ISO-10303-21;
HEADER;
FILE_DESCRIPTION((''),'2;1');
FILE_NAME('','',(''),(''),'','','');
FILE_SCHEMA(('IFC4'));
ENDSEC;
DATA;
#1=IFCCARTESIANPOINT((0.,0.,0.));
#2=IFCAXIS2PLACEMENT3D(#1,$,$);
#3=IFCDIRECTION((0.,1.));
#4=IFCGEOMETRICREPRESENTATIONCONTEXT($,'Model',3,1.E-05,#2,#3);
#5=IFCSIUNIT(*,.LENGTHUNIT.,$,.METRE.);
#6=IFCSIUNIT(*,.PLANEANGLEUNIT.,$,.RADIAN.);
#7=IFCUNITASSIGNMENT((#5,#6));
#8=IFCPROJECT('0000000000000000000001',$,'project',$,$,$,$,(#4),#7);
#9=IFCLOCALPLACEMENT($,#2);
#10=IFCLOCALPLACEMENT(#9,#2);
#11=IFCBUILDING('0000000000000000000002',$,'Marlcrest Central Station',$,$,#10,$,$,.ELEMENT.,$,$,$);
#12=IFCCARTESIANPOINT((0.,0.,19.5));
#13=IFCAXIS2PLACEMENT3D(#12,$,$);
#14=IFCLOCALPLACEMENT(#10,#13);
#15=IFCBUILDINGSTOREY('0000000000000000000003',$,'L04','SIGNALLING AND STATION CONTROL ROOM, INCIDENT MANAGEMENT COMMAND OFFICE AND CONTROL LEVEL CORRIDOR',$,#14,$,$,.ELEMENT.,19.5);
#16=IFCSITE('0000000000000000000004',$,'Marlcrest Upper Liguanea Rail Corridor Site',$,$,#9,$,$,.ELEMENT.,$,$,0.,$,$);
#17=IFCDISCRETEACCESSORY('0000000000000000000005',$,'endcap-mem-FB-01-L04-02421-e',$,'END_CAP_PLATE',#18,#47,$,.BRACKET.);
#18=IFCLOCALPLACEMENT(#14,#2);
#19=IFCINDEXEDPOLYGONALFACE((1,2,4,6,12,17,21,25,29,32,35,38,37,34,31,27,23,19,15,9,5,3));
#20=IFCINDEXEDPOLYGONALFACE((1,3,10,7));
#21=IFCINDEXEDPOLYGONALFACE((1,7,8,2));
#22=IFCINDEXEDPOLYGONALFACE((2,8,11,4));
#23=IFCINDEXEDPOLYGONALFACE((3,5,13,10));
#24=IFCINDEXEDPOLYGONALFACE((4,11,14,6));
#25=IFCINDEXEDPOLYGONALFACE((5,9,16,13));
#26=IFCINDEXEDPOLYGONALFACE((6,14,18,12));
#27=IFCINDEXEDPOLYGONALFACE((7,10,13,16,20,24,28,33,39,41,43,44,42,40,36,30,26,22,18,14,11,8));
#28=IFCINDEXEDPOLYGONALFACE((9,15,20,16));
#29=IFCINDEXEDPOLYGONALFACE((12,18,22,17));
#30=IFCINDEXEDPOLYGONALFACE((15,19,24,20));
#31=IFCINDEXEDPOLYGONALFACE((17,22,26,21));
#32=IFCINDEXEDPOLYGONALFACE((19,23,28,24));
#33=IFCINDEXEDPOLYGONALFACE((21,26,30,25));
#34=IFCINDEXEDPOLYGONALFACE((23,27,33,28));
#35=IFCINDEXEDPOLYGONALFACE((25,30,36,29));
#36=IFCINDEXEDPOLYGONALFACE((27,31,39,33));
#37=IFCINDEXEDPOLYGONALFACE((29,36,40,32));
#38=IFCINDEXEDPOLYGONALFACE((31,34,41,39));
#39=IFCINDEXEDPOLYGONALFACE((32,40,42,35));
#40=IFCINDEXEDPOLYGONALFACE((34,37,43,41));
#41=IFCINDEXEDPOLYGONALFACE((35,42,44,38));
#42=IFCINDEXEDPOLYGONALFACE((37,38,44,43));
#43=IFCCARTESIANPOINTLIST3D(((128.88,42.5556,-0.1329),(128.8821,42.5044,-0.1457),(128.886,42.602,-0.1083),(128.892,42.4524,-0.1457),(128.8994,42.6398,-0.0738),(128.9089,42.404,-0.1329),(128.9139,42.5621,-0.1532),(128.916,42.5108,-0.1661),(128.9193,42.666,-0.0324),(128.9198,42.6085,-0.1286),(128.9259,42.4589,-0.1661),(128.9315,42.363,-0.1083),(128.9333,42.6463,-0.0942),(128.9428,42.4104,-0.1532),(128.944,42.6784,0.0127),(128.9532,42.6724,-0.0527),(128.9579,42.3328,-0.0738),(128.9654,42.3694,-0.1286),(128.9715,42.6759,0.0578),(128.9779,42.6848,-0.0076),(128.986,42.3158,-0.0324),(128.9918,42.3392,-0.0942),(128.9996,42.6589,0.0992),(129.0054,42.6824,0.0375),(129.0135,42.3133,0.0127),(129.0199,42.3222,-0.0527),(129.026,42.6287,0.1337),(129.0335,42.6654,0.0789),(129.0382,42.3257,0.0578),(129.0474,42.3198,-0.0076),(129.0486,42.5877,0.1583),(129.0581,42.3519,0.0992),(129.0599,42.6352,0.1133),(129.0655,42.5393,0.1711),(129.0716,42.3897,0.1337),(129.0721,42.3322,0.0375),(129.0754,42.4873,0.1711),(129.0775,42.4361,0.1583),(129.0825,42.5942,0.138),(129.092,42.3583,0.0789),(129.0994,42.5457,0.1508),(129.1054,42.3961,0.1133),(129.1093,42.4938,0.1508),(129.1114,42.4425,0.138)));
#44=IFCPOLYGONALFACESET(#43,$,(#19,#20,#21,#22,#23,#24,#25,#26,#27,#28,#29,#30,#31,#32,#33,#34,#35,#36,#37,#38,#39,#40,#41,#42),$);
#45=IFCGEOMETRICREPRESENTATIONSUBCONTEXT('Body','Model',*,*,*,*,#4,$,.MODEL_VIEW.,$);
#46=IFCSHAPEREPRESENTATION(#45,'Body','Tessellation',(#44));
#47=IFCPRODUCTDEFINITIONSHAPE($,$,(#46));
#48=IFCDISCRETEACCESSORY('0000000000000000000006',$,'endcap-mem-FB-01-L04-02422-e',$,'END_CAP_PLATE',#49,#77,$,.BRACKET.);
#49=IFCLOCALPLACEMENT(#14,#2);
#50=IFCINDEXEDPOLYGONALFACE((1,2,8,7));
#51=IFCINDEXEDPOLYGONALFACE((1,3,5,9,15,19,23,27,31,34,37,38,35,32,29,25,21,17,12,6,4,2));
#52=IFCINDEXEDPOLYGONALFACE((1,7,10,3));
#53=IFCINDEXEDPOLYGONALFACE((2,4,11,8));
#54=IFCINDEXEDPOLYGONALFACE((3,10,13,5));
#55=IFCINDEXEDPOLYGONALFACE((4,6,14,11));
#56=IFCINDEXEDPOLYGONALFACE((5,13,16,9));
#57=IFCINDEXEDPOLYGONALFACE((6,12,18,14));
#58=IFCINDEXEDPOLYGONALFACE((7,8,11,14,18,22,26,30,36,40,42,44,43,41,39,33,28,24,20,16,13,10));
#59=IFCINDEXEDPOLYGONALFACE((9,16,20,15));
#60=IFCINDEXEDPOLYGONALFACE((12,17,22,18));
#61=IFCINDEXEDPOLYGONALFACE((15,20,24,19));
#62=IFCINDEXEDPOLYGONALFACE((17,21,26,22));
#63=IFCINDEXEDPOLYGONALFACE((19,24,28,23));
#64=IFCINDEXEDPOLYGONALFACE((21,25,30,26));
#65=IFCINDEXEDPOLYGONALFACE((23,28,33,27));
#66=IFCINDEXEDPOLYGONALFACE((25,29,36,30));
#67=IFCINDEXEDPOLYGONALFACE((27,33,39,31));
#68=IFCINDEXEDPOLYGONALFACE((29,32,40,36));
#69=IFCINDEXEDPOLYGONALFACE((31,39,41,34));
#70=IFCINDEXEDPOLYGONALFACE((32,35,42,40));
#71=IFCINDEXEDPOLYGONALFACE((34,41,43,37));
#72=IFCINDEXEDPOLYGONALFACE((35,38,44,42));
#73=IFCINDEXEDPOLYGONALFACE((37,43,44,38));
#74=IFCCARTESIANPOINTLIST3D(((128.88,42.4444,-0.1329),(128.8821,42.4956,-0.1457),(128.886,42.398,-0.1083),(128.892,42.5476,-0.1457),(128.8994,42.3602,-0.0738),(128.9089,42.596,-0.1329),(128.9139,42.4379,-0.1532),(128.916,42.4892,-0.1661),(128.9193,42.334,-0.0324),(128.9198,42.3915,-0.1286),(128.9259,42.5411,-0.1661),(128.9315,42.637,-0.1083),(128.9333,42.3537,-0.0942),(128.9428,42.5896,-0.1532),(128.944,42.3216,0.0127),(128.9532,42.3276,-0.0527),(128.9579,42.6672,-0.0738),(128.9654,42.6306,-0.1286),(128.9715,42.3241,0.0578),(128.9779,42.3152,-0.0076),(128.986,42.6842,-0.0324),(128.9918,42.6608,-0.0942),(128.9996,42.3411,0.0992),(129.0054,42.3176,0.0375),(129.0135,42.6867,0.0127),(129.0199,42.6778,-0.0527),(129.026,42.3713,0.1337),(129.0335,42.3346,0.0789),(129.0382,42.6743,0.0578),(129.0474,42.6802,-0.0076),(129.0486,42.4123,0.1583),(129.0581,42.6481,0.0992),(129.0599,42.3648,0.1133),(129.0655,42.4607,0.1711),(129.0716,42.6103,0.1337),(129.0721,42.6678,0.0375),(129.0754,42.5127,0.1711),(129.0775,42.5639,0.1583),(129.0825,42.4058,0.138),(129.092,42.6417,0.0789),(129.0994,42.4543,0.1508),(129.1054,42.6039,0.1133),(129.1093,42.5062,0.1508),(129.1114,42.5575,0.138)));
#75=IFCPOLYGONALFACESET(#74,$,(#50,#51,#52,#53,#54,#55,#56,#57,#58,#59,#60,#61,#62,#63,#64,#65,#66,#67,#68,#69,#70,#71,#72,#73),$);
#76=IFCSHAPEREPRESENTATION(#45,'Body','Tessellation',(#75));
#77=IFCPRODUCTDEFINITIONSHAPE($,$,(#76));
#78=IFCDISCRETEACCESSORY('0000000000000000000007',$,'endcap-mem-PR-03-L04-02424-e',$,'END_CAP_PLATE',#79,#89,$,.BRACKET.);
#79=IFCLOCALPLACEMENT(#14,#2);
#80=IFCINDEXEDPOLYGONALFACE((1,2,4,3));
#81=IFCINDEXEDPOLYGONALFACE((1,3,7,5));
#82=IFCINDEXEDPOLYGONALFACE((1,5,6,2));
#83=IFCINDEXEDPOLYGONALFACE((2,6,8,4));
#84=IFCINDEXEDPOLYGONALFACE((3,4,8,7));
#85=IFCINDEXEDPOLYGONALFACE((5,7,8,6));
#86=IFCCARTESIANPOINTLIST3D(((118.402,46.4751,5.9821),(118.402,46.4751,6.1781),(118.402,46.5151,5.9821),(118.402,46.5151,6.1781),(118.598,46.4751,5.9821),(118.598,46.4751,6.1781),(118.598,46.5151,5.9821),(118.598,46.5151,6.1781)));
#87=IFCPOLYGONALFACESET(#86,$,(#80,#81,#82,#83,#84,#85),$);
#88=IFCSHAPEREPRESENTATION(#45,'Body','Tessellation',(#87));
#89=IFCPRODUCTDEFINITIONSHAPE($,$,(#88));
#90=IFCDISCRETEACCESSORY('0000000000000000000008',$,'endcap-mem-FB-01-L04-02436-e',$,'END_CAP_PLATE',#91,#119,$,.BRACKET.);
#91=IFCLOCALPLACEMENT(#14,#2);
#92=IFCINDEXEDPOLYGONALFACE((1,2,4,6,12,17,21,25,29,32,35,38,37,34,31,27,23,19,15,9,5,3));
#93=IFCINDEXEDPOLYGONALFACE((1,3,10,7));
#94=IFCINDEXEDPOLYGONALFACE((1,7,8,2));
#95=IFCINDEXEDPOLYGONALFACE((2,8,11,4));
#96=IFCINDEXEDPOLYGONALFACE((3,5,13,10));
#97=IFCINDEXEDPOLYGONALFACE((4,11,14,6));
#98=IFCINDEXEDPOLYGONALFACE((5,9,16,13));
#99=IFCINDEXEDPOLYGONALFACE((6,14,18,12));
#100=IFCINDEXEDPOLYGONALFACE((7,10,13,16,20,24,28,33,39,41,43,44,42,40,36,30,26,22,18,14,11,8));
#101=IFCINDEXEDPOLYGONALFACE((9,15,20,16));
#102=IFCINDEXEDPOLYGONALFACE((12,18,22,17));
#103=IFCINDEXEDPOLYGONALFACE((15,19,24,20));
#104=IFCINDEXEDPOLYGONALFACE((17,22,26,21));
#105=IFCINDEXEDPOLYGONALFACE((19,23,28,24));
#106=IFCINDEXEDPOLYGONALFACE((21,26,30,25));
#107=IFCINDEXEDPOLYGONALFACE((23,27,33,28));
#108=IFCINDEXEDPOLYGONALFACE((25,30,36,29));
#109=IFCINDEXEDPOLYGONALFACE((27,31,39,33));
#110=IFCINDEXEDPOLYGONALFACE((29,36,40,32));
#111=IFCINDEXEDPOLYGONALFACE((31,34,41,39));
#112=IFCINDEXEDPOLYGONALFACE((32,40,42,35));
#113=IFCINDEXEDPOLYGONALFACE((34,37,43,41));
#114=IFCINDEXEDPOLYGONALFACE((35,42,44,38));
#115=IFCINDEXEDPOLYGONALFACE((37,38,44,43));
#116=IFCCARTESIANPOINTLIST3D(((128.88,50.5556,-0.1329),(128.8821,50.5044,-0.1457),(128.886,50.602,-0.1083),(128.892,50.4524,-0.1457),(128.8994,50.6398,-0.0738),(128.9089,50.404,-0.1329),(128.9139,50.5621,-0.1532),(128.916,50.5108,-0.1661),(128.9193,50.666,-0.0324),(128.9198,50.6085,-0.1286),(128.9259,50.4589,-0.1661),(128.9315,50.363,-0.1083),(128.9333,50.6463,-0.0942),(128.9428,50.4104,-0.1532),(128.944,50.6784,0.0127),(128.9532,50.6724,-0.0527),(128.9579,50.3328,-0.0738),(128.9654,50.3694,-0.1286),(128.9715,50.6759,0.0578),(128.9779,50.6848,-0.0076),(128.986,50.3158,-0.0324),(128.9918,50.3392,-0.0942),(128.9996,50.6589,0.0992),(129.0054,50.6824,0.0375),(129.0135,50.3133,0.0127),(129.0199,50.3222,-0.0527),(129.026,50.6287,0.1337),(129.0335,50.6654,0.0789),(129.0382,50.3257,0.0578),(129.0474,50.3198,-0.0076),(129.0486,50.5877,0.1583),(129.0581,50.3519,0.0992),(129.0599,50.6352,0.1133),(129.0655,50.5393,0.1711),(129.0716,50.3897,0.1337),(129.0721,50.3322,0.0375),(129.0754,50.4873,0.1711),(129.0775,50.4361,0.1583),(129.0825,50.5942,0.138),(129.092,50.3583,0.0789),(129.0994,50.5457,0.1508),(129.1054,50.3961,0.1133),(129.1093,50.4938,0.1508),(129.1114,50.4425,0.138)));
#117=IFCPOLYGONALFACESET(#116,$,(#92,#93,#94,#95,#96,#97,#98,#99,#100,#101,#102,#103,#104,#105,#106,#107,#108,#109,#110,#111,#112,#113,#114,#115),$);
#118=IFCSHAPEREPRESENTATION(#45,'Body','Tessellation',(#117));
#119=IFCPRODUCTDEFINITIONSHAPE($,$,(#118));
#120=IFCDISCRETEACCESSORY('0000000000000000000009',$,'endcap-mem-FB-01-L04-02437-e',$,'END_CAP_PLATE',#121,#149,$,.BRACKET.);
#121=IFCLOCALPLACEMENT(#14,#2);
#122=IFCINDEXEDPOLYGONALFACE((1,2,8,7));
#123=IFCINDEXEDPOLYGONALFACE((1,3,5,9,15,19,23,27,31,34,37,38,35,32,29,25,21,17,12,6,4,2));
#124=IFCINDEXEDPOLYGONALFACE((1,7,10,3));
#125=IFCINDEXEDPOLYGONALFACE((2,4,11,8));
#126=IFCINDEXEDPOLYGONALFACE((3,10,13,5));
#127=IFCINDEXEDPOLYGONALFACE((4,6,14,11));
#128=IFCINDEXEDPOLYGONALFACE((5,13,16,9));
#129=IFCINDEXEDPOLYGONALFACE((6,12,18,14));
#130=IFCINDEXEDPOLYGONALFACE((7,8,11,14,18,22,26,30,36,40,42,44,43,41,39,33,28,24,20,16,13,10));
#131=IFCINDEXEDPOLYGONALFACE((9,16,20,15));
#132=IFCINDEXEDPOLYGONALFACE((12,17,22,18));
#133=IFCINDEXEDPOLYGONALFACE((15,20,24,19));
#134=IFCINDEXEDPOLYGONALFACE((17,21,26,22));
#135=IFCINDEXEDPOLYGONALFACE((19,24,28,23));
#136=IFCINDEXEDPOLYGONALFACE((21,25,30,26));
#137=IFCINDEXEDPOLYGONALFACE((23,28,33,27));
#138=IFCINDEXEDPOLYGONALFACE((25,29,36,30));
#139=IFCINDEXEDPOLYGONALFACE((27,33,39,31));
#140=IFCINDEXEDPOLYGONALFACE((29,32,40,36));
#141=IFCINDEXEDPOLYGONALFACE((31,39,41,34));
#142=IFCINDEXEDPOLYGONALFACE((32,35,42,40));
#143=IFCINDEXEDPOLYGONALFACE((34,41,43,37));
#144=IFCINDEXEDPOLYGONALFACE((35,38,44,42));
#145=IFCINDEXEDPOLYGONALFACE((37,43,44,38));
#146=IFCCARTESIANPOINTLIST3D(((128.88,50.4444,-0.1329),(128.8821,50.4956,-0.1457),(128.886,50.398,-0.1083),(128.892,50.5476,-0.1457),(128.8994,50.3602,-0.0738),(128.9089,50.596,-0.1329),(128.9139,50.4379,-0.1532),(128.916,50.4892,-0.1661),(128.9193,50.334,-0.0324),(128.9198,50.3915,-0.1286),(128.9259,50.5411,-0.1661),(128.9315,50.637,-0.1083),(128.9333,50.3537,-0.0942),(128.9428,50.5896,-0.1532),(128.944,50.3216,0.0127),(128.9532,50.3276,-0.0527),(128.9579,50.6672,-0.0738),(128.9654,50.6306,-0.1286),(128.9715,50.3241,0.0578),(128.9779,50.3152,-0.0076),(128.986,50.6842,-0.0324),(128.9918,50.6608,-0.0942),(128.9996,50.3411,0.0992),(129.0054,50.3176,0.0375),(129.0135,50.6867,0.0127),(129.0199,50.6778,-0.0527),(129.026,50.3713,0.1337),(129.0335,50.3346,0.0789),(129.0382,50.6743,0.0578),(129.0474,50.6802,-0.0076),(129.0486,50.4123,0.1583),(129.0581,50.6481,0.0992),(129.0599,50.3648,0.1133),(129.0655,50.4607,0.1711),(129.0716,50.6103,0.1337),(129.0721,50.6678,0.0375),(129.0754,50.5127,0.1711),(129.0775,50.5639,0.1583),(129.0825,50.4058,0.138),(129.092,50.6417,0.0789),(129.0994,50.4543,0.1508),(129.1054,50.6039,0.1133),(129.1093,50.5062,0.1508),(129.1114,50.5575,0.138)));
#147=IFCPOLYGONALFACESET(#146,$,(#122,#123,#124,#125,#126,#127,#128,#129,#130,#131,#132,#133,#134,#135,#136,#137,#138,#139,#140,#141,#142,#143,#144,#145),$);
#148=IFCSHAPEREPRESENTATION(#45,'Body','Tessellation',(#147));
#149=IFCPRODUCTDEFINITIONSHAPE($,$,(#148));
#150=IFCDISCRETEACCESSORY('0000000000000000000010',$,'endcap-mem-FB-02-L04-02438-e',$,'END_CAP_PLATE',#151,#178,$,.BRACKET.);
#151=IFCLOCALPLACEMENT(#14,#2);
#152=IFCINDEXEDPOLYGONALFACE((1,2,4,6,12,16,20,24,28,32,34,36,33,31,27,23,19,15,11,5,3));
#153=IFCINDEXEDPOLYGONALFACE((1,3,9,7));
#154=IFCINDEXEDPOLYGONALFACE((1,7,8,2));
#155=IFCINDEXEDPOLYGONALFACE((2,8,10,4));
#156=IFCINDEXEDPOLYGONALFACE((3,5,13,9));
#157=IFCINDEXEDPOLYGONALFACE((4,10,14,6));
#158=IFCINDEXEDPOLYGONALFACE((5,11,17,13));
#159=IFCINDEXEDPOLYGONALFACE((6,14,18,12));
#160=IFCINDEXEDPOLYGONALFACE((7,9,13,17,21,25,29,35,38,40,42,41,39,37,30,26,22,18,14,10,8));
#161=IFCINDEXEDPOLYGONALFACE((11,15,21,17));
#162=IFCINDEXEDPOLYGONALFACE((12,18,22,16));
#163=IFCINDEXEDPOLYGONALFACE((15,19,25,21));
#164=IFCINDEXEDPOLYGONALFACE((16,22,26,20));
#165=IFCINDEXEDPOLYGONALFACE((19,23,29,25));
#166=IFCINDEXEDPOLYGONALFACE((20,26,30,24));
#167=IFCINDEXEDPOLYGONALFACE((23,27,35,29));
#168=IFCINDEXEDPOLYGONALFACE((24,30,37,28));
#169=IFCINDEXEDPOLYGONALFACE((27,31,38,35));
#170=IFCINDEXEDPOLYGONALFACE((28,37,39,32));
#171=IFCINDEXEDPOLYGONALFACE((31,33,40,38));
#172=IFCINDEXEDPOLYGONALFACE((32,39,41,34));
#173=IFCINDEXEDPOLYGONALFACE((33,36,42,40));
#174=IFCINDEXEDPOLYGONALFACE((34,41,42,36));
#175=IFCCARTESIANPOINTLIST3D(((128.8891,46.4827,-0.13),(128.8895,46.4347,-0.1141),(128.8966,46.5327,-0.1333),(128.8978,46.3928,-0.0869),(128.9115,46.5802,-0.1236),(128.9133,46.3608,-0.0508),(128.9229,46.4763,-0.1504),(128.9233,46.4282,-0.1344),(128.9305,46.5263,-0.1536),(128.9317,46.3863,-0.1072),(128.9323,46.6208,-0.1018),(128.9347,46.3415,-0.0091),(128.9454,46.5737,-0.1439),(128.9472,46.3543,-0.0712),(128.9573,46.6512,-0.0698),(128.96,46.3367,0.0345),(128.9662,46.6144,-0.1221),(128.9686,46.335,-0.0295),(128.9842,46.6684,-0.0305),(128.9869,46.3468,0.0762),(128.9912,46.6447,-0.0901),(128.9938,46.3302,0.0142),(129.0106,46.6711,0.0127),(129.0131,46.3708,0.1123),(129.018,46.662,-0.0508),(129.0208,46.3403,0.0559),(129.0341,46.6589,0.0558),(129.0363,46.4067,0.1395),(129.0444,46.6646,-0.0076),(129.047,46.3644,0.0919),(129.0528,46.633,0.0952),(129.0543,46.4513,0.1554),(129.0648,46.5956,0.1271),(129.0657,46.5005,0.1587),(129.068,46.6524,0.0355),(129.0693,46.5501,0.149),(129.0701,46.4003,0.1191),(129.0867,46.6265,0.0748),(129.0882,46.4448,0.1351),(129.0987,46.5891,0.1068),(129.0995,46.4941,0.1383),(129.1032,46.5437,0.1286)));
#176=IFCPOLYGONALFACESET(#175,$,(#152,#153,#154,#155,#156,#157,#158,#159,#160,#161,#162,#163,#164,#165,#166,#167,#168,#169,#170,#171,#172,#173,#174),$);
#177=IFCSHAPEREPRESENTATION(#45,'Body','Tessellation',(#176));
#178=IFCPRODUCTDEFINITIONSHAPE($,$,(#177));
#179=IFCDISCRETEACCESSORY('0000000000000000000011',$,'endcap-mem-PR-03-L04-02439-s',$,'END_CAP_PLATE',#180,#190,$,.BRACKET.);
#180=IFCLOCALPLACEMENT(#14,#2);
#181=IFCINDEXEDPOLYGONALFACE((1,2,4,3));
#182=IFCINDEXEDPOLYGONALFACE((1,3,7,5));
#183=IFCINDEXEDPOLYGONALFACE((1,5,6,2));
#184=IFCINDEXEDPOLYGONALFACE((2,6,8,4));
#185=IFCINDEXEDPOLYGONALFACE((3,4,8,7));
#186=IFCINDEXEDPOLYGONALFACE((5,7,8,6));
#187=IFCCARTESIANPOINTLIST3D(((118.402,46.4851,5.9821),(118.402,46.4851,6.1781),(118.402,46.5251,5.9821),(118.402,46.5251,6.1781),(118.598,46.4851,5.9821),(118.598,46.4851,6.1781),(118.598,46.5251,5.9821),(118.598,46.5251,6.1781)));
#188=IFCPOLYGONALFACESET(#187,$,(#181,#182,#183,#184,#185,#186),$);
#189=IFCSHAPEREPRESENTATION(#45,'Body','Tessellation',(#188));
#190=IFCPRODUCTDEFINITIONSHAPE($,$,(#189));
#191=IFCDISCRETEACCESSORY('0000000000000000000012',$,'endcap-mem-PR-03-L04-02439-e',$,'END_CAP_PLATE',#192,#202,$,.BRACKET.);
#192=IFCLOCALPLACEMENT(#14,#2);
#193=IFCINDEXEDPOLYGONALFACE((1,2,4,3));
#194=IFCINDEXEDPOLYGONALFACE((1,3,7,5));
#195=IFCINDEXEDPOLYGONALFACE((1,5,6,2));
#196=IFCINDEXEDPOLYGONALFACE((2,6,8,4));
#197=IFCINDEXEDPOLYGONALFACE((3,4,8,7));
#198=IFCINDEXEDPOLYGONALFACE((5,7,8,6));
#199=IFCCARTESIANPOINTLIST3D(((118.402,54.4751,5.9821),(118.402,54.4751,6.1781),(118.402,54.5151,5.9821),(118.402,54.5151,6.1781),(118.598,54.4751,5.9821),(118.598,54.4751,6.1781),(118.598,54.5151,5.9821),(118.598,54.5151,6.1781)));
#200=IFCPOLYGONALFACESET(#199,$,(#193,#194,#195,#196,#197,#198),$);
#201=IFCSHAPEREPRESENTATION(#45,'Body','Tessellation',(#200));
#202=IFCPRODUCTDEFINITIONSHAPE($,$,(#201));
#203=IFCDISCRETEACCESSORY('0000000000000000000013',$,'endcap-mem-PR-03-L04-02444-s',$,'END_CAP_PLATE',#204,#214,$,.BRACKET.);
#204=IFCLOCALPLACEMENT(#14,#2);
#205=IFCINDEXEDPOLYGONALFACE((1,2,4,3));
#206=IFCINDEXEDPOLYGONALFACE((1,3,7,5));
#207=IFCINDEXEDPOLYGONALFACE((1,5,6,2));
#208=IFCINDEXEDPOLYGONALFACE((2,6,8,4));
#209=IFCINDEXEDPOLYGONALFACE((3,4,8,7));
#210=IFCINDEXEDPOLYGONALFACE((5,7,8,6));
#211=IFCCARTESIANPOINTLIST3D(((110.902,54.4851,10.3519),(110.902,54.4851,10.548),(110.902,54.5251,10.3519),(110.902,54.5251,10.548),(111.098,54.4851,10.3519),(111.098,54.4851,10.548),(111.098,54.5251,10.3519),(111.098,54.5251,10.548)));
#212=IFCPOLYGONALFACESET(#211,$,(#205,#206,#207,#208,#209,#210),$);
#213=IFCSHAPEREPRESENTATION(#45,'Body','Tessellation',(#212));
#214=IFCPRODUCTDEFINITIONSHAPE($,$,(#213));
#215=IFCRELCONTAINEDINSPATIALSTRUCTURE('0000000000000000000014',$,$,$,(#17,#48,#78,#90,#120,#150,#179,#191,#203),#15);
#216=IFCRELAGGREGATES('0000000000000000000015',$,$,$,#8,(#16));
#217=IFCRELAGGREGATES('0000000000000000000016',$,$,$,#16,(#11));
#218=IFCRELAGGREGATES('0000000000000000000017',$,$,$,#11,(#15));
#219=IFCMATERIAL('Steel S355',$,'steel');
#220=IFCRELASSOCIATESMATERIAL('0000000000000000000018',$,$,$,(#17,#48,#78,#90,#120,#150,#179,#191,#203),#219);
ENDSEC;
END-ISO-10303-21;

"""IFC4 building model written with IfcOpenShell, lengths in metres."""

from ifc_helpers import new_model, si_unit, direction, frame, origin, origin_2d, place, context, subcontext, project, spatial, rectangle, circle, extrude, material, element, save


model = new_model("IFC4")

# Units and contexts
model_context = context("Model", 3, precision=1e-05, world=origin(), true_north=direction((0.0, 1.0)))
body_context = subcontext(model_context, "Body", "Model", "MODEL_VIEW")
ifc_project = project(units=[si_unit("LENGTHUNIT", "METRE"), si_unit("PLANEANGLEUNIT", "RADIAN")], contexts=[model_context])

# Site, building, storey
site_placement = place(None, origin())
site = spatial("IfcSite", under=ifc_project, at=site_placement, Name="Marlcrest Upper Liguanea Rail Corridor Site", CompositionType="ELEMENT", RefElevation=0.0)
building_placement = place(site_placement, origin())
building = spatial("IfcBuilding", under=site, at=building_placement, Name="Marlcrest Central Station", CompositionType="ELEMENT")
storey_placement = place(building_placement, frame((0.0, 0.0, 19.5)))
storey = spatial("IfcBuildingStorey", under=building, at=storey_placement, Name="L04", Description="SIGNALLING AND STATION CONTROL ROOM, INCIDENT MANAGEMENT COMMAND OFFICE AND CONTROL LEVEL CORRIDOR", CompositionType="ELEMENT", Elevation=19.5)

# Shared definitions
ifc_material_1 = material(Name="Steel S355", Category="steel")

# Discrete accessories
for number, where, z_axis, x_axis, name in (
    (1, (128.9788, 42.4958, 0.0127), (0.846277, 0.161196, -0.50777), (-0.187112, 0.982339, 0.0), "endcap-mem-FB-01-L04-02421-e"),
    (2, (128.9788, 42.5042, 0.0127), (0.846277, -0.161196, -0.50777), (0.187112, 0.982339, 0.0), "endcap-mem-FB-01-L04-02422-e"),
):
    element("IfcDiscreteAccessory", number, at=place(storey_placement, frame(where, z_axis=z_axis, x_axis=x_axis)), inside=storey, material=ifc_material_1, Name=name, ObjectType="END_CAP_PLATE", PredefinedType="BRACKET", context=body_context, shape_type="SweptSolid", body=[
        extrude(circle(Radius=0.1858, at=origin_2d()), origin(), (0.0, 0.0, 1.0), 0.04),
    ])
discrete_accessory_1_placement = place(storey_placement, frame((118.5, 46.4751, 6.0801), z_axis=(0.0, 1.0, 0.0), x_axis=(-1.0, 0.0, 0.0)))
element("IfcDiscreteAccessory", 3, at=discrete_accessory_1_placement, inside=storey, material=ifc_material_1, Name="endcap-mem-PR-03-L04-02424-e", ObjectType="END_CAP_PLATE", PredefinedType="BRACKET", context=body_context, shape_type="SweptSolid", body=[
    extrude(rectangle(XDim=0.196, YDim=0.196, at=origin_2d()), origin(), (0.0, 0.0, 1.0), 0.04),
])
for number, where, z_axis, x_axis, name in (
    (4, (128.9788, 50.4958, 0.0127), (0.846277, 0.161196, -0.50777), (-0.187112, 0.982339, 0.0), "endcap-mem-FB-01-L04-02436-e"),
    (5, (128.9788, 50.5042, 0.0127), (0.846277, -0.161196, -0.50777), (0.187112, 0.982339, 0.0), "endcap-mem-FB-01-L04-02437-e"),
):
    element("IfcDiscreteAccessory", number, at=place(storey_placement, frame(where, z_axis=z_axis, x_axis=x_axis)), inside=storey, material=ifc_material_1, Name=name, ObjectType="END_CAP_PLATE", PredefinedType="BRACKET", context=body_context, shape_type="SweptSolid", body=[
        extrude(circle(Radius=0.1858, at=origin_2d()), origin(), (0.0, 0.0, 1.0), 0.04),
    ])
discrete_accessory_2_placement = place(storey_placement, frame((128.9788, 46.5042, 0.0127), z_axis=(0.846277, -0.161196, -0.50777), x_axis=(0.187112, 0.982339, 0.0)))
element("IfcDiscreteAccessory", 6, at=discrete_accessory_2_placement, inside=storey, material=ifc_material_1, Name="endcap-mem-FB-02-L04-02438-e", ObjectType="END_CAP_PLATE", PredefinedType="BRACKET", context=body_context, shape_type="SweptSolid", body=[
    extrude(circle(Radius=0.1699, at=origin_2d()), origin(), (0.0, 0.0, 1.0), 0.04),
])
for number, where, z_axis, x_axis, name in (
    (7, (118.5, 46.4851, 6.0801), (0.0, 1.0, 0.0), (-1.0, 0.0, 0.0), "endcap-mem-PR-03-L04-02439-s"),
    (8, (118.5, 54.4751, 6.0801), (0.0, 1.0, 0.0), (-1.0, 0.0, 0.0), "endcap-mem-PR-03-L04-02439-e"),
    (9, (111.0, 54.4851, 10.45), (0.0, 1.0, 0.0), (-1.0, 0.0, 0.0), "endcap-mem-PR-03-L04-02444-s"),
):
    element("IfcDiscreteAccessory", number, at=place(storey_placement, frame(where, z_axis=z_axis, x_axis=x_axis)), inside=storey, material=ifc_material_1, Name=name, ObjectType="END_CAP_PLATE", PredefinedType="BRACKET", context=body_context, shape_type="SweptSolid", body=[
        extrude(rectangle(XDim=0.196, YDim=0.196, at=origin_2d()), origin(), (0.0, 0.0, 1.0), 0.04),
    ])

save(model, "model.ifc")
